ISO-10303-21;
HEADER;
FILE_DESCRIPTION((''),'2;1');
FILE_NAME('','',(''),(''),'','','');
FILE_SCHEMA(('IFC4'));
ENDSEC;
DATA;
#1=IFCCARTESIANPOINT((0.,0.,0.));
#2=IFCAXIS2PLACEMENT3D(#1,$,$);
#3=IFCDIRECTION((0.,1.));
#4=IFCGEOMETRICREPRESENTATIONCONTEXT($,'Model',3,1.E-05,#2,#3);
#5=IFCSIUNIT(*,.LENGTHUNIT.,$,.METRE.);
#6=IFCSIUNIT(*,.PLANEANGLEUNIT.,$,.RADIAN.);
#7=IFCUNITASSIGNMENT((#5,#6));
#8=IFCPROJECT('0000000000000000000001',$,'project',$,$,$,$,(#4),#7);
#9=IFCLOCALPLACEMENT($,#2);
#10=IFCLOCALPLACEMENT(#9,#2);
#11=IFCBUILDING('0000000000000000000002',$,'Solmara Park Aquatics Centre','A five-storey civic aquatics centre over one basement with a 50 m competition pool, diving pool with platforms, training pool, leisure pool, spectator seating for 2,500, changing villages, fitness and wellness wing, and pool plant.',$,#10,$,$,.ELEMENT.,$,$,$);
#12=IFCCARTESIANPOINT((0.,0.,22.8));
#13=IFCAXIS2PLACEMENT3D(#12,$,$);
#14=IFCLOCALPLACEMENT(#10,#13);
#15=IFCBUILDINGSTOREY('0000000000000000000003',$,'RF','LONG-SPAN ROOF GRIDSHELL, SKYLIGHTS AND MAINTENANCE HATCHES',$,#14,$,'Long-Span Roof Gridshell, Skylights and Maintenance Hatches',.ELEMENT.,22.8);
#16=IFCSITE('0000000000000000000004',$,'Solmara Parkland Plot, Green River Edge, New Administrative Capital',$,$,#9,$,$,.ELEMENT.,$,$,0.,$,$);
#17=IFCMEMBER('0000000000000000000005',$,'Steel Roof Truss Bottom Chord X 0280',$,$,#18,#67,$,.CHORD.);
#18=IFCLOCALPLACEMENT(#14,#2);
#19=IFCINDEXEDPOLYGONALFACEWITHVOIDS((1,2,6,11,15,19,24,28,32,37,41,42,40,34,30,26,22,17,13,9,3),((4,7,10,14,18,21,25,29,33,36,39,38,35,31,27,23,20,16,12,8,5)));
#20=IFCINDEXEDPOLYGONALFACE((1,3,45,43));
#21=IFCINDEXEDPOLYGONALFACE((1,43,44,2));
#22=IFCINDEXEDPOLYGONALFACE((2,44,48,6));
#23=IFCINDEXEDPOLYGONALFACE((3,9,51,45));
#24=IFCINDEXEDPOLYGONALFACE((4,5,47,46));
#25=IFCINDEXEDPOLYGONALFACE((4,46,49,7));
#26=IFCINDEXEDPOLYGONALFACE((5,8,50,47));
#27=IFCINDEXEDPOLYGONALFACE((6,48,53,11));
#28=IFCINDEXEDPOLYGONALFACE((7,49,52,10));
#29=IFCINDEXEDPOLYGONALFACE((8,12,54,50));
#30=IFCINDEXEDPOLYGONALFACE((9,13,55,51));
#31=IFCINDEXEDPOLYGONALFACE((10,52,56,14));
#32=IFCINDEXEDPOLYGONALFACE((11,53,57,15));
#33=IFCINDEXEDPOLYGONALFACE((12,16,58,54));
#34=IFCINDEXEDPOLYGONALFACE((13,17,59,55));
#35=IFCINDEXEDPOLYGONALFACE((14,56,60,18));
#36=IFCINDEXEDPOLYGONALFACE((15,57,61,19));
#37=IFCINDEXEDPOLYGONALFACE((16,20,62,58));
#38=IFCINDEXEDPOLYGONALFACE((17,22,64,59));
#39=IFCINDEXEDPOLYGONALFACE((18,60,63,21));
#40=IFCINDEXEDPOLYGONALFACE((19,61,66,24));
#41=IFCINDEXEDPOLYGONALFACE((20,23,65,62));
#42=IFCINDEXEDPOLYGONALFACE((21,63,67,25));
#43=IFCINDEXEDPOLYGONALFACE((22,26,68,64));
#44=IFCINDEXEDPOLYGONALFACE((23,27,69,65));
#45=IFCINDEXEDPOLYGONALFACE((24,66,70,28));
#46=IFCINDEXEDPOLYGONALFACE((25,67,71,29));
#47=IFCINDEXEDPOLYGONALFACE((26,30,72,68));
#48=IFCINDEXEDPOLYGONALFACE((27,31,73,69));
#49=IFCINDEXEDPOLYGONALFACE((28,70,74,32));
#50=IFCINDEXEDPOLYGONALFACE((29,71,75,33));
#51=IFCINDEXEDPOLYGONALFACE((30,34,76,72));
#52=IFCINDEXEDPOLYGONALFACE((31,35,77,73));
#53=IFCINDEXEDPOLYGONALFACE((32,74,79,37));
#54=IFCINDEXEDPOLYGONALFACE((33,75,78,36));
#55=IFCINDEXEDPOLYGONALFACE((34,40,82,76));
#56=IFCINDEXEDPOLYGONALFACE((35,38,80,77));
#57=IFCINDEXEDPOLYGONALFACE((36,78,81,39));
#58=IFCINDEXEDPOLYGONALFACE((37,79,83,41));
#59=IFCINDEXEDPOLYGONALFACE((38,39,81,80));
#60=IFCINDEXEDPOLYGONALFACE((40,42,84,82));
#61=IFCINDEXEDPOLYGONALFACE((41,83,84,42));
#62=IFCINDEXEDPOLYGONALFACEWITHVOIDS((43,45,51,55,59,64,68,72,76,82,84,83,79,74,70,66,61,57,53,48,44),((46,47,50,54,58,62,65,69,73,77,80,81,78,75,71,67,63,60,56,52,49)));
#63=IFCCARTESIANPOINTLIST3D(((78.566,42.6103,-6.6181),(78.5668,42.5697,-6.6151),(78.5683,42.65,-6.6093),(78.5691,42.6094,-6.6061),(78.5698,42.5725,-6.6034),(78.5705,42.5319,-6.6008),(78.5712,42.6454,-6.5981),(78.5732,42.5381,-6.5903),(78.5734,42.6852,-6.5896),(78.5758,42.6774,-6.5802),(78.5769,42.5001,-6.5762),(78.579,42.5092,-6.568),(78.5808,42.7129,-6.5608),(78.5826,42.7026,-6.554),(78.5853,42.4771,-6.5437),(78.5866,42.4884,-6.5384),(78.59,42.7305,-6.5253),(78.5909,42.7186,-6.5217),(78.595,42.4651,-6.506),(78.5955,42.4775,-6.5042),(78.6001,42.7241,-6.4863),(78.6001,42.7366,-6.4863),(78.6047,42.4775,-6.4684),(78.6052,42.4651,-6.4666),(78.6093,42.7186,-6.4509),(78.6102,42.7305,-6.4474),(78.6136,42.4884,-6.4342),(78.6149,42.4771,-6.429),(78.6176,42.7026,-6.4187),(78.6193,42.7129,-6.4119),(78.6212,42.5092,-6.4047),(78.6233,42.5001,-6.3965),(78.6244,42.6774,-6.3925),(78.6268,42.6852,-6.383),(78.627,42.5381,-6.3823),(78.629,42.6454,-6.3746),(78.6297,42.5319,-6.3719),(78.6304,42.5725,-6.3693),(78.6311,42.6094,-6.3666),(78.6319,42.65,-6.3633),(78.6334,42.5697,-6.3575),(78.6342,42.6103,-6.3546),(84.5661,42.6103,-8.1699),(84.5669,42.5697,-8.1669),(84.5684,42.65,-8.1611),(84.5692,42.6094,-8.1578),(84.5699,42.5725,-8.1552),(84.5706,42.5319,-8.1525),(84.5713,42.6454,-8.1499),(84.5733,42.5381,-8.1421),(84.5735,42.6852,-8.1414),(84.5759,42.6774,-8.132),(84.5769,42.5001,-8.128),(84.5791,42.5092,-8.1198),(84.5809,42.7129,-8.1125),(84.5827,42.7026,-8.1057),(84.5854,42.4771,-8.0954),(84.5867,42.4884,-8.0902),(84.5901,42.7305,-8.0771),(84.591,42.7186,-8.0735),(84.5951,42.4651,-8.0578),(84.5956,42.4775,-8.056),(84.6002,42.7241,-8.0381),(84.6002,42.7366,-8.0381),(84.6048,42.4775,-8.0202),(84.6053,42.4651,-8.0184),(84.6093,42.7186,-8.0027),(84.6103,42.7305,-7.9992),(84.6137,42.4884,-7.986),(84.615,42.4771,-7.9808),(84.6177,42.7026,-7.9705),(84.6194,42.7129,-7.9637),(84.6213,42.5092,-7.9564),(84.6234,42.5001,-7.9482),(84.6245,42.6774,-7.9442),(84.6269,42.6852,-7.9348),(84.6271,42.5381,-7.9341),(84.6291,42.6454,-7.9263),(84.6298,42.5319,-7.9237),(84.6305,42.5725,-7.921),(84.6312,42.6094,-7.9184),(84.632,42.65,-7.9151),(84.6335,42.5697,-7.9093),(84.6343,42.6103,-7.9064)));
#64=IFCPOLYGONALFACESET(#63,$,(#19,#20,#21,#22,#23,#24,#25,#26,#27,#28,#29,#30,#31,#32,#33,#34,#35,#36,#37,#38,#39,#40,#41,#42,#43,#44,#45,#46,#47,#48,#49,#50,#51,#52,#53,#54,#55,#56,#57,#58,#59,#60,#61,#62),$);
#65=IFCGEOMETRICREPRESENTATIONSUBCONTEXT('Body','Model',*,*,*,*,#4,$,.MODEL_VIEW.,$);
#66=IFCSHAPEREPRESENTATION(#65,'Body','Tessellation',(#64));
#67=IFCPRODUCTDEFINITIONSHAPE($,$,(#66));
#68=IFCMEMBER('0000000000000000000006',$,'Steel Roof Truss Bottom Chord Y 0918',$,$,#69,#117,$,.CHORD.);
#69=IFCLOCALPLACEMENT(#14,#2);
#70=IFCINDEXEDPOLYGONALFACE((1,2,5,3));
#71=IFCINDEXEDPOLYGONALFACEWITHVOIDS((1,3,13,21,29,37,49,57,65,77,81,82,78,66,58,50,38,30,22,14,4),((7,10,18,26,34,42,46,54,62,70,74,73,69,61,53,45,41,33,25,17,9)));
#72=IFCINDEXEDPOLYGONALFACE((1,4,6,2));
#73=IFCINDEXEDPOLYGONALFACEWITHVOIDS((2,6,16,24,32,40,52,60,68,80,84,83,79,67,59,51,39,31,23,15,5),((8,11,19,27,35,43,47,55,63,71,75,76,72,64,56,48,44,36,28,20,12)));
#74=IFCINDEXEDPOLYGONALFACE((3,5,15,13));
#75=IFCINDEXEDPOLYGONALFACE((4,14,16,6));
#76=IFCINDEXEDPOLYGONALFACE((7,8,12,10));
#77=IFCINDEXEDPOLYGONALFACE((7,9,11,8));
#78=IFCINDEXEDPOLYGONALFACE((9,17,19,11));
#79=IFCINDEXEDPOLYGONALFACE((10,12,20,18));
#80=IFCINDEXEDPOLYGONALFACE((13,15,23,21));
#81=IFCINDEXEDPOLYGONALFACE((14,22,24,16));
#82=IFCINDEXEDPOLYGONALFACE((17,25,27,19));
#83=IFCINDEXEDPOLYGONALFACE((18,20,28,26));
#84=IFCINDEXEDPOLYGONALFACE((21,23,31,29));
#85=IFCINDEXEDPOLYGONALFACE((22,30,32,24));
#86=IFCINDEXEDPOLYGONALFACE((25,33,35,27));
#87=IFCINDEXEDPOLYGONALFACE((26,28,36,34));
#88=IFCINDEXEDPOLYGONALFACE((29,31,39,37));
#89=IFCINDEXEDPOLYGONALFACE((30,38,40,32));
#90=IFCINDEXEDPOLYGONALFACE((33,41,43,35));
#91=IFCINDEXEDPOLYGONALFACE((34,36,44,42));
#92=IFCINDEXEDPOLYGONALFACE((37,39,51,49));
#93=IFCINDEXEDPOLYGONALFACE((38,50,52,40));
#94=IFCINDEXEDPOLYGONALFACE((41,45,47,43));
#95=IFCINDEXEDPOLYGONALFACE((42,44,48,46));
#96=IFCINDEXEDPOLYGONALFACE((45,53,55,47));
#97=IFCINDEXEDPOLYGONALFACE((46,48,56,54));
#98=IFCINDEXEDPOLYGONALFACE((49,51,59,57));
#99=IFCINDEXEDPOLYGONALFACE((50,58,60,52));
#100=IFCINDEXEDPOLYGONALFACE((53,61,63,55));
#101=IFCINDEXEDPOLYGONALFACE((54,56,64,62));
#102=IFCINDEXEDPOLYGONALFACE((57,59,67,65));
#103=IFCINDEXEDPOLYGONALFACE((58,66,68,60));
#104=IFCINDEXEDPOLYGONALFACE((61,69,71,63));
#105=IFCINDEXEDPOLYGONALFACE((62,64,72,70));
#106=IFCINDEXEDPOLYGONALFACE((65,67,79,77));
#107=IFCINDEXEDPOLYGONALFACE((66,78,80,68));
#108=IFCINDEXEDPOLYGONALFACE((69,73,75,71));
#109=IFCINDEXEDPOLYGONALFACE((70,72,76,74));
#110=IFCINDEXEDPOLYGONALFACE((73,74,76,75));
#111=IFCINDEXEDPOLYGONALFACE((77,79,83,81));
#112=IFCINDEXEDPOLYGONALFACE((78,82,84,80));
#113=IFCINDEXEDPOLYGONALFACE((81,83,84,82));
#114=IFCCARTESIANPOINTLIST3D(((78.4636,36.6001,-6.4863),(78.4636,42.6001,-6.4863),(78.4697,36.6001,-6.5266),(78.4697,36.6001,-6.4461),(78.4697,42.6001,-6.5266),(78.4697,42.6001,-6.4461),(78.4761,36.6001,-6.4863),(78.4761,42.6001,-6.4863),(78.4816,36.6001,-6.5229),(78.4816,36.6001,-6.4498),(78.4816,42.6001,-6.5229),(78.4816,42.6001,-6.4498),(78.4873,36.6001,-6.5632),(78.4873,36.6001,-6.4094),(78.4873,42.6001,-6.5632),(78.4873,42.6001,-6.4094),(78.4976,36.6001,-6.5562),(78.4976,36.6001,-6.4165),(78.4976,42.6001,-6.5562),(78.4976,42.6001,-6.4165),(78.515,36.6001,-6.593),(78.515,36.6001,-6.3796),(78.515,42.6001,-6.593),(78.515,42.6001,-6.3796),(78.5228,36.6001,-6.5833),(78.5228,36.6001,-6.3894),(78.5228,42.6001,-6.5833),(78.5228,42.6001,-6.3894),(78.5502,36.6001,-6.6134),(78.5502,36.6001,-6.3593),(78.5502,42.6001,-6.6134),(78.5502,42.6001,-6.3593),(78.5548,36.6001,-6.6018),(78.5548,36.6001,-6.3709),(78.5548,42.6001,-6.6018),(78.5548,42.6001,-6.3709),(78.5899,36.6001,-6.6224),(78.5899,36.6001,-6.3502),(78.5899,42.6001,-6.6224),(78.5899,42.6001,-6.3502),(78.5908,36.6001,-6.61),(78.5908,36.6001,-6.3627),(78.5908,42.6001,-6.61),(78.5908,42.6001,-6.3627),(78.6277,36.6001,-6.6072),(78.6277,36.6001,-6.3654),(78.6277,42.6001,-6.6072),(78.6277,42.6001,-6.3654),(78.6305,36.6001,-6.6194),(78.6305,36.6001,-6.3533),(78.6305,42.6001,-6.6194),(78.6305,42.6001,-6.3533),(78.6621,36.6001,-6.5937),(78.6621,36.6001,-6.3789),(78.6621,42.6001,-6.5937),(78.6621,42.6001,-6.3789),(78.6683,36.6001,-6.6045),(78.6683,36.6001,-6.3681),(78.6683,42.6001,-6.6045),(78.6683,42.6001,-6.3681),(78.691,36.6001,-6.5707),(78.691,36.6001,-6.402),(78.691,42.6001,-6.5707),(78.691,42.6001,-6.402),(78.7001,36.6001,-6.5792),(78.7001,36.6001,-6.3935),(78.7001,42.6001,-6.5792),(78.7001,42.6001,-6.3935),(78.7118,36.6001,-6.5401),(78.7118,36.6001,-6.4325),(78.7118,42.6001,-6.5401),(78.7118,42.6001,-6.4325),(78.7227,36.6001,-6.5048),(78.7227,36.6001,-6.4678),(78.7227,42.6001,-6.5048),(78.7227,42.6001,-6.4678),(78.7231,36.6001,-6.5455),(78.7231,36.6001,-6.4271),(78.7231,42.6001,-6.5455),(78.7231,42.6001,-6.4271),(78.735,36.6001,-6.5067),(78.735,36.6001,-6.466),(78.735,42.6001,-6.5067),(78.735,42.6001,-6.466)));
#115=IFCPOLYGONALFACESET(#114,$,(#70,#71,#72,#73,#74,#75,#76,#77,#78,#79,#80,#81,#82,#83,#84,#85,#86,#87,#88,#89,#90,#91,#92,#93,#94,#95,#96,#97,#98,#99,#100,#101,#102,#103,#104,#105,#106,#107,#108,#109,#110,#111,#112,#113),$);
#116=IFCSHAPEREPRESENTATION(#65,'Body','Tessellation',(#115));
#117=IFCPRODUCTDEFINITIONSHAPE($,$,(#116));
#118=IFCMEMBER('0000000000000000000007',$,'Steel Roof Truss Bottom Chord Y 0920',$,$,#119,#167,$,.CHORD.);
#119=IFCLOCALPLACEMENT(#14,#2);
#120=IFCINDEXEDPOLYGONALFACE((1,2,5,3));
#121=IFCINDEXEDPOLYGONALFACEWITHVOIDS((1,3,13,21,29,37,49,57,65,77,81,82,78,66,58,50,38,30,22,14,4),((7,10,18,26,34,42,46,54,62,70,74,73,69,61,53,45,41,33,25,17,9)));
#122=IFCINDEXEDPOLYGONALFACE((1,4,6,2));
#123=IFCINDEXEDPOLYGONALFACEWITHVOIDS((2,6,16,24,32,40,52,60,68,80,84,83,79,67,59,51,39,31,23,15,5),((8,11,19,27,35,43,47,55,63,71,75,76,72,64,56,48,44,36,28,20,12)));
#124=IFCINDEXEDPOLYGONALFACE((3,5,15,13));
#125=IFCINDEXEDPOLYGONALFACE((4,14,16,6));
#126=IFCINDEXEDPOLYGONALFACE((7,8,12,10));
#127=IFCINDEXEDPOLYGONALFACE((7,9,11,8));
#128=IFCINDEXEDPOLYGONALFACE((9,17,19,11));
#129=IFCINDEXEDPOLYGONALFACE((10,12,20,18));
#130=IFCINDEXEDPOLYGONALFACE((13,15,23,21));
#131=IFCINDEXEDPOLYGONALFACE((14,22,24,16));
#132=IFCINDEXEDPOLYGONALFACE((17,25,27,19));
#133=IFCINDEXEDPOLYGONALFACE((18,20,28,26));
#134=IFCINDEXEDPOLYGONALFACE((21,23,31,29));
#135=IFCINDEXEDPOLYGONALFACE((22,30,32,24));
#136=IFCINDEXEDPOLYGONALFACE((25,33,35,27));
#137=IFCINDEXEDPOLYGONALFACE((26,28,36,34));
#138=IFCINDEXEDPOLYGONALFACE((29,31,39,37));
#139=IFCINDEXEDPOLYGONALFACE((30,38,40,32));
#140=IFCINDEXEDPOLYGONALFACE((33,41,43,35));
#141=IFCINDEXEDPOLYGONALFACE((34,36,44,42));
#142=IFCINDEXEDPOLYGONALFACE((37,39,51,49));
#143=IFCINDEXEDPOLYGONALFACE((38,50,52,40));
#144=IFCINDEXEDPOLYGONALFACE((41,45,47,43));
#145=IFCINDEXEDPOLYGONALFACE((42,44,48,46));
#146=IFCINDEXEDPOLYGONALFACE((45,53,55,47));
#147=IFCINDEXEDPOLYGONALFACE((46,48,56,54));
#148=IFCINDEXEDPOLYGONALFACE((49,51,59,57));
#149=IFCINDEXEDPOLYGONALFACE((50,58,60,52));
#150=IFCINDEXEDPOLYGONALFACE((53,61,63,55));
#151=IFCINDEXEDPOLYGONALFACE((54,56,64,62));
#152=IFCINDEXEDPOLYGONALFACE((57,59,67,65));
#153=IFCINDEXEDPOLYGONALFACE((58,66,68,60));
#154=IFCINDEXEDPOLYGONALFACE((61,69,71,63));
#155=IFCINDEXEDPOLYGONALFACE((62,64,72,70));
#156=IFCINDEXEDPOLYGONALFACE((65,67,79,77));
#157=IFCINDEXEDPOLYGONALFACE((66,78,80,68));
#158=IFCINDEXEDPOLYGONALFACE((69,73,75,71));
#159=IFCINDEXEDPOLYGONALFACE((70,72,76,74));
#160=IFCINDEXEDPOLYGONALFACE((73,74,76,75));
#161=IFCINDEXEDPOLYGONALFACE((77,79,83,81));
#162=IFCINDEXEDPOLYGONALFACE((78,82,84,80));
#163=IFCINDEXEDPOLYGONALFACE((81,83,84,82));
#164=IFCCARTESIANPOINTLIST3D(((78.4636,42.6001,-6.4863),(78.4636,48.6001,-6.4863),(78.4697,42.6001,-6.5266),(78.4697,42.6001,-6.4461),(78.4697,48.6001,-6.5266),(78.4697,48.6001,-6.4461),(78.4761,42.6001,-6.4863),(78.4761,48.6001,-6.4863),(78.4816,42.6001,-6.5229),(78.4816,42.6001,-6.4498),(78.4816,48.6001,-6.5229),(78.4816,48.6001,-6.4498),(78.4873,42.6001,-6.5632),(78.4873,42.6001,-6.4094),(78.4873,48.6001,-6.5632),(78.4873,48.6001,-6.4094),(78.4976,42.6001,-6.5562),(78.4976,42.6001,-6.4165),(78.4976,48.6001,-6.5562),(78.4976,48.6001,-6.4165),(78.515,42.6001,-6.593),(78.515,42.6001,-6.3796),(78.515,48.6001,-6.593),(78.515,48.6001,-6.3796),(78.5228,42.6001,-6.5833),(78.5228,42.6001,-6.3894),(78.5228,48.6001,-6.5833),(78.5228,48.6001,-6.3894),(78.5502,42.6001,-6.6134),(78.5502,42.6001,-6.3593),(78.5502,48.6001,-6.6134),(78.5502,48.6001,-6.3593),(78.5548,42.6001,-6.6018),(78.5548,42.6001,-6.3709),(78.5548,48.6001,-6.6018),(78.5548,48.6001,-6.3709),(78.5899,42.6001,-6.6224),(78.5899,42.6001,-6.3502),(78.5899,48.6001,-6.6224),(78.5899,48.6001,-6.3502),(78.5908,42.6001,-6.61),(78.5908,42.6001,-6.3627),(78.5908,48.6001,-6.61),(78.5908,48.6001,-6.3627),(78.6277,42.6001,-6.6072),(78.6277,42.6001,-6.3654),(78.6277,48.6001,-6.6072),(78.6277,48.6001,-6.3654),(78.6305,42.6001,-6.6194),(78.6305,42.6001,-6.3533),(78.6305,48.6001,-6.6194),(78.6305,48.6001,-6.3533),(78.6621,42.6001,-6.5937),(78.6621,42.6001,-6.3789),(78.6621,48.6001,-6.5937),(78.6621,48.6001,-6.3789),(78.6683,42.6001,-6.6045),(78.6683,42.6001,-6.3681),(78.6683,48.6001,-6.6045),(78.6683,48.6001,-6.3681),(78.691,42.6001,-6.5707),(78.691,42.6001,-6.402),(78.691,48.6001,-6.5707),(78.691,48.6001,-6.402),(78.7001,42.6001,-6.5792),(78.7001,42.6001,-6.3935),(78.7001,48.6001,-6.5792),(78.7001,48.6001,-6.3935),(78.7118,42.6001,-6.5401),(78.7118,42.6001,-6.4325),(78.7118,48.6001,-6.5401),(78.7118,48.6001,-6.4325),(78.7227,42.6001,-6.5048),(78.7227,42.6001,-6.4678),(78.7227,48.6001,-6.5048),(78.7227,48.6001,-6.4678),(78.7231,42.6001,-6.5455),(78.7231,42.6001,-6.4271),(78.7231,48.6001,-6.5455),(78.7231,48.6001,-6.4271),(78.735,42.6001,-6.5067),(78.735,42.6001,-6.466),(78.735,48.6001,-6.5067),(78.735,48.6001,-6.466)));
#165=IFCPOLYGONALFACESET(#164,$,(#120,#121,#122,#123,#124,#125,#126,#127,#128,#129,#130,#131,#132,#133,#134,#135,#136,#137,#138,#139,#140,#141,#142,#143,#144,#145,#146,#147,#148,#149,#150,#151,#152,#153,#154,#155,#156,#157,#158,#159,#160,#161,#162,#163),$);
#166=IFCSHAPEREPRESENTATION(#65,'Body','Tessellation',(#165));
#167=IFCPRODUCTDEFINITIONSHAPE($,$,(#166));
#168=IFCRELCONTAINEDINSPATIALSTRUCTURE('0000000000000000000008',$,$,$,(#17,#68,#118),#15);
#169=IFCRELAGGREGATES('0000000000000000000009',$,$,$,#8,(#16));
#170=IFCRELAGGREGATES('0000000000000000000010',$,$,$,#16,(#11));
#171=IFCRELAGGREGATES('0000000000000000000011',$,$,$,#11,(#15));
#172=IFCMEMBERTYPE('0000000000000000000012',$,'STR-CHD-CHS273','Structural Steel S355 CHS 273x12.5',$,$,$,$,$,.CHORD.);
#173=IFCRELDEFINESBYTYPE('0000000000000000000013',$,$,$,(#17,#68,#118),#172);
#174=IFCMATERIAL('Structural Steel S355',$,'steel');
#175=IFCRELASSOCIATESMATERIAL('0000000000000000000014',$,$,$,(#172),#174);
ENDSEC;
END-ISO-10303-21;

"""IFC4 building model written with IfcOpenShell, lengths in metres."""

from ifc_helpers import new_model, si_unit, direction, frame, origin, origin_2d, place, context, subcontext, project, spatial, hollow_circle, extrude, material, material_profile, profile_set, type_object, element, save


model = new_model("IFC4")

# Units and contexts
model_context = context("Model", 3, precision=1e-05, world=origin(), true_north=direction((0.0, 1.0)))
body_context = subcontext(model_context, "Body", "Model", "MODEL_VIEW")
ifc_project = project(units=[si_unit("LENGTHUNIT", "METRE"), si_unit("PLANEANGLEUNIT", "RADIAN")], contexts=[model_context])

# Site, building, storey
site_placement = place(None, origin())
site = spatial("IfcSite", under=ifc_project, at=site_placement, Name="Solmara Parkland Plot, Green River Edge, New Administrative Capital", CompositionType="ELEMENT", RefElevation=0.0)
building_placement = place(site_placement, origin())
building = spatial("IfcBuilding", under=site, at=building_placement, Name="Solmara Park Aquatics Centre", Description="A five-storey civic aquatics centre over one basement with a 50 m competition pool, diving pool with platforms, training pool, leisure pool, spectator seating for 2,500, changing villages, fitness and wellness wing, and pool plant.", CompositionType="ELEMENT")
storey_placement = place(building_placement, frame((0.0, 0.0, 22.8)))
storey = spatial("IfcBuildingStorey", under=building, at=storey_placement, Name="RF", Description="LONG-SPAN ROOF GRIDSHELL, SKYLIGHTS AND MAINTENANCE HATCHES", LongName="Long-Span Roof Gridshell, Skylights and Maintenance Hatches", CompositionType="ELEMENT", Elevation=22.8)

# Members
ifc_material_1 = material(Name="Structural Steel S355", Category="steel")
ifc_material_profile_1 = material_profile(ifc_material_1, hollow_circle(Radius=0.1365, WallThickness=0.0125, at=origin_2d()), Name="CHS 273x12.5")
ifc_profile_set_1 = profile_set([ifc_material_profile_1], Name="Structural Steel S355")
member_type_1 = type_object("IfcMemberType", Name="STR-CHD-CHS273", Description="Structural Steel S355 CHS 273x12.5", PredefinedType="CHORD", material=ifc_profile_set_1)
member_1_placement = place(storey_placement, frame((78.6001, 42.6001, -6.4863), z_axis=(0.968146, 0.0, -0.250388), x_axis=(0.0, 1.0, 0.0)))
element("IfcMember", 1, at=member_1_placement, inside=storey, type_object=member_type_1, Name="Steel Roof Truss Bottom Chord X 0280", PredefinedType="CHORD", context=body_context, shape_type="SweptSolid", body=[
    extrude(hollow_circle(Radius=0.1365, WallThickness=0.0125, at=origin_2d()), origin(), (0.0, 0.0, 1.0), 6.1975),
])
for number, where, z_axis, x_axis, name in (
    (2, (78.6001, 36.6001, -6.4863), (0.0, 1.0, 0.0), (-1.0, 0.0, 0.0), "Steel Roof Truss Bottom Chord Y 0918"),
    (3, (78.6001, 42.6001, -6.4863), (0.0, 1.0, 0.0), (-1.0, 0.0, 0.0), "Steel Roof Truss Bottom Chord Y 0920"),
):
    element("IfcMember", number, at=place(storey_placement, frame(where, z_axis=z_axis, x_axis=x_axis)), inside=storey, type_object=member_type_1, Name=name, PredefinedType="CHORD", context=body_context, shape_type="SweptSolid", body=[
        extrude(hollow_circle(Radius=0.1365, WallThickness=0.0125, at=origin_2d()), origin(), (0.0, 0.0, 1.0), 6.0),
    ])

save(model, "model.ifc")
